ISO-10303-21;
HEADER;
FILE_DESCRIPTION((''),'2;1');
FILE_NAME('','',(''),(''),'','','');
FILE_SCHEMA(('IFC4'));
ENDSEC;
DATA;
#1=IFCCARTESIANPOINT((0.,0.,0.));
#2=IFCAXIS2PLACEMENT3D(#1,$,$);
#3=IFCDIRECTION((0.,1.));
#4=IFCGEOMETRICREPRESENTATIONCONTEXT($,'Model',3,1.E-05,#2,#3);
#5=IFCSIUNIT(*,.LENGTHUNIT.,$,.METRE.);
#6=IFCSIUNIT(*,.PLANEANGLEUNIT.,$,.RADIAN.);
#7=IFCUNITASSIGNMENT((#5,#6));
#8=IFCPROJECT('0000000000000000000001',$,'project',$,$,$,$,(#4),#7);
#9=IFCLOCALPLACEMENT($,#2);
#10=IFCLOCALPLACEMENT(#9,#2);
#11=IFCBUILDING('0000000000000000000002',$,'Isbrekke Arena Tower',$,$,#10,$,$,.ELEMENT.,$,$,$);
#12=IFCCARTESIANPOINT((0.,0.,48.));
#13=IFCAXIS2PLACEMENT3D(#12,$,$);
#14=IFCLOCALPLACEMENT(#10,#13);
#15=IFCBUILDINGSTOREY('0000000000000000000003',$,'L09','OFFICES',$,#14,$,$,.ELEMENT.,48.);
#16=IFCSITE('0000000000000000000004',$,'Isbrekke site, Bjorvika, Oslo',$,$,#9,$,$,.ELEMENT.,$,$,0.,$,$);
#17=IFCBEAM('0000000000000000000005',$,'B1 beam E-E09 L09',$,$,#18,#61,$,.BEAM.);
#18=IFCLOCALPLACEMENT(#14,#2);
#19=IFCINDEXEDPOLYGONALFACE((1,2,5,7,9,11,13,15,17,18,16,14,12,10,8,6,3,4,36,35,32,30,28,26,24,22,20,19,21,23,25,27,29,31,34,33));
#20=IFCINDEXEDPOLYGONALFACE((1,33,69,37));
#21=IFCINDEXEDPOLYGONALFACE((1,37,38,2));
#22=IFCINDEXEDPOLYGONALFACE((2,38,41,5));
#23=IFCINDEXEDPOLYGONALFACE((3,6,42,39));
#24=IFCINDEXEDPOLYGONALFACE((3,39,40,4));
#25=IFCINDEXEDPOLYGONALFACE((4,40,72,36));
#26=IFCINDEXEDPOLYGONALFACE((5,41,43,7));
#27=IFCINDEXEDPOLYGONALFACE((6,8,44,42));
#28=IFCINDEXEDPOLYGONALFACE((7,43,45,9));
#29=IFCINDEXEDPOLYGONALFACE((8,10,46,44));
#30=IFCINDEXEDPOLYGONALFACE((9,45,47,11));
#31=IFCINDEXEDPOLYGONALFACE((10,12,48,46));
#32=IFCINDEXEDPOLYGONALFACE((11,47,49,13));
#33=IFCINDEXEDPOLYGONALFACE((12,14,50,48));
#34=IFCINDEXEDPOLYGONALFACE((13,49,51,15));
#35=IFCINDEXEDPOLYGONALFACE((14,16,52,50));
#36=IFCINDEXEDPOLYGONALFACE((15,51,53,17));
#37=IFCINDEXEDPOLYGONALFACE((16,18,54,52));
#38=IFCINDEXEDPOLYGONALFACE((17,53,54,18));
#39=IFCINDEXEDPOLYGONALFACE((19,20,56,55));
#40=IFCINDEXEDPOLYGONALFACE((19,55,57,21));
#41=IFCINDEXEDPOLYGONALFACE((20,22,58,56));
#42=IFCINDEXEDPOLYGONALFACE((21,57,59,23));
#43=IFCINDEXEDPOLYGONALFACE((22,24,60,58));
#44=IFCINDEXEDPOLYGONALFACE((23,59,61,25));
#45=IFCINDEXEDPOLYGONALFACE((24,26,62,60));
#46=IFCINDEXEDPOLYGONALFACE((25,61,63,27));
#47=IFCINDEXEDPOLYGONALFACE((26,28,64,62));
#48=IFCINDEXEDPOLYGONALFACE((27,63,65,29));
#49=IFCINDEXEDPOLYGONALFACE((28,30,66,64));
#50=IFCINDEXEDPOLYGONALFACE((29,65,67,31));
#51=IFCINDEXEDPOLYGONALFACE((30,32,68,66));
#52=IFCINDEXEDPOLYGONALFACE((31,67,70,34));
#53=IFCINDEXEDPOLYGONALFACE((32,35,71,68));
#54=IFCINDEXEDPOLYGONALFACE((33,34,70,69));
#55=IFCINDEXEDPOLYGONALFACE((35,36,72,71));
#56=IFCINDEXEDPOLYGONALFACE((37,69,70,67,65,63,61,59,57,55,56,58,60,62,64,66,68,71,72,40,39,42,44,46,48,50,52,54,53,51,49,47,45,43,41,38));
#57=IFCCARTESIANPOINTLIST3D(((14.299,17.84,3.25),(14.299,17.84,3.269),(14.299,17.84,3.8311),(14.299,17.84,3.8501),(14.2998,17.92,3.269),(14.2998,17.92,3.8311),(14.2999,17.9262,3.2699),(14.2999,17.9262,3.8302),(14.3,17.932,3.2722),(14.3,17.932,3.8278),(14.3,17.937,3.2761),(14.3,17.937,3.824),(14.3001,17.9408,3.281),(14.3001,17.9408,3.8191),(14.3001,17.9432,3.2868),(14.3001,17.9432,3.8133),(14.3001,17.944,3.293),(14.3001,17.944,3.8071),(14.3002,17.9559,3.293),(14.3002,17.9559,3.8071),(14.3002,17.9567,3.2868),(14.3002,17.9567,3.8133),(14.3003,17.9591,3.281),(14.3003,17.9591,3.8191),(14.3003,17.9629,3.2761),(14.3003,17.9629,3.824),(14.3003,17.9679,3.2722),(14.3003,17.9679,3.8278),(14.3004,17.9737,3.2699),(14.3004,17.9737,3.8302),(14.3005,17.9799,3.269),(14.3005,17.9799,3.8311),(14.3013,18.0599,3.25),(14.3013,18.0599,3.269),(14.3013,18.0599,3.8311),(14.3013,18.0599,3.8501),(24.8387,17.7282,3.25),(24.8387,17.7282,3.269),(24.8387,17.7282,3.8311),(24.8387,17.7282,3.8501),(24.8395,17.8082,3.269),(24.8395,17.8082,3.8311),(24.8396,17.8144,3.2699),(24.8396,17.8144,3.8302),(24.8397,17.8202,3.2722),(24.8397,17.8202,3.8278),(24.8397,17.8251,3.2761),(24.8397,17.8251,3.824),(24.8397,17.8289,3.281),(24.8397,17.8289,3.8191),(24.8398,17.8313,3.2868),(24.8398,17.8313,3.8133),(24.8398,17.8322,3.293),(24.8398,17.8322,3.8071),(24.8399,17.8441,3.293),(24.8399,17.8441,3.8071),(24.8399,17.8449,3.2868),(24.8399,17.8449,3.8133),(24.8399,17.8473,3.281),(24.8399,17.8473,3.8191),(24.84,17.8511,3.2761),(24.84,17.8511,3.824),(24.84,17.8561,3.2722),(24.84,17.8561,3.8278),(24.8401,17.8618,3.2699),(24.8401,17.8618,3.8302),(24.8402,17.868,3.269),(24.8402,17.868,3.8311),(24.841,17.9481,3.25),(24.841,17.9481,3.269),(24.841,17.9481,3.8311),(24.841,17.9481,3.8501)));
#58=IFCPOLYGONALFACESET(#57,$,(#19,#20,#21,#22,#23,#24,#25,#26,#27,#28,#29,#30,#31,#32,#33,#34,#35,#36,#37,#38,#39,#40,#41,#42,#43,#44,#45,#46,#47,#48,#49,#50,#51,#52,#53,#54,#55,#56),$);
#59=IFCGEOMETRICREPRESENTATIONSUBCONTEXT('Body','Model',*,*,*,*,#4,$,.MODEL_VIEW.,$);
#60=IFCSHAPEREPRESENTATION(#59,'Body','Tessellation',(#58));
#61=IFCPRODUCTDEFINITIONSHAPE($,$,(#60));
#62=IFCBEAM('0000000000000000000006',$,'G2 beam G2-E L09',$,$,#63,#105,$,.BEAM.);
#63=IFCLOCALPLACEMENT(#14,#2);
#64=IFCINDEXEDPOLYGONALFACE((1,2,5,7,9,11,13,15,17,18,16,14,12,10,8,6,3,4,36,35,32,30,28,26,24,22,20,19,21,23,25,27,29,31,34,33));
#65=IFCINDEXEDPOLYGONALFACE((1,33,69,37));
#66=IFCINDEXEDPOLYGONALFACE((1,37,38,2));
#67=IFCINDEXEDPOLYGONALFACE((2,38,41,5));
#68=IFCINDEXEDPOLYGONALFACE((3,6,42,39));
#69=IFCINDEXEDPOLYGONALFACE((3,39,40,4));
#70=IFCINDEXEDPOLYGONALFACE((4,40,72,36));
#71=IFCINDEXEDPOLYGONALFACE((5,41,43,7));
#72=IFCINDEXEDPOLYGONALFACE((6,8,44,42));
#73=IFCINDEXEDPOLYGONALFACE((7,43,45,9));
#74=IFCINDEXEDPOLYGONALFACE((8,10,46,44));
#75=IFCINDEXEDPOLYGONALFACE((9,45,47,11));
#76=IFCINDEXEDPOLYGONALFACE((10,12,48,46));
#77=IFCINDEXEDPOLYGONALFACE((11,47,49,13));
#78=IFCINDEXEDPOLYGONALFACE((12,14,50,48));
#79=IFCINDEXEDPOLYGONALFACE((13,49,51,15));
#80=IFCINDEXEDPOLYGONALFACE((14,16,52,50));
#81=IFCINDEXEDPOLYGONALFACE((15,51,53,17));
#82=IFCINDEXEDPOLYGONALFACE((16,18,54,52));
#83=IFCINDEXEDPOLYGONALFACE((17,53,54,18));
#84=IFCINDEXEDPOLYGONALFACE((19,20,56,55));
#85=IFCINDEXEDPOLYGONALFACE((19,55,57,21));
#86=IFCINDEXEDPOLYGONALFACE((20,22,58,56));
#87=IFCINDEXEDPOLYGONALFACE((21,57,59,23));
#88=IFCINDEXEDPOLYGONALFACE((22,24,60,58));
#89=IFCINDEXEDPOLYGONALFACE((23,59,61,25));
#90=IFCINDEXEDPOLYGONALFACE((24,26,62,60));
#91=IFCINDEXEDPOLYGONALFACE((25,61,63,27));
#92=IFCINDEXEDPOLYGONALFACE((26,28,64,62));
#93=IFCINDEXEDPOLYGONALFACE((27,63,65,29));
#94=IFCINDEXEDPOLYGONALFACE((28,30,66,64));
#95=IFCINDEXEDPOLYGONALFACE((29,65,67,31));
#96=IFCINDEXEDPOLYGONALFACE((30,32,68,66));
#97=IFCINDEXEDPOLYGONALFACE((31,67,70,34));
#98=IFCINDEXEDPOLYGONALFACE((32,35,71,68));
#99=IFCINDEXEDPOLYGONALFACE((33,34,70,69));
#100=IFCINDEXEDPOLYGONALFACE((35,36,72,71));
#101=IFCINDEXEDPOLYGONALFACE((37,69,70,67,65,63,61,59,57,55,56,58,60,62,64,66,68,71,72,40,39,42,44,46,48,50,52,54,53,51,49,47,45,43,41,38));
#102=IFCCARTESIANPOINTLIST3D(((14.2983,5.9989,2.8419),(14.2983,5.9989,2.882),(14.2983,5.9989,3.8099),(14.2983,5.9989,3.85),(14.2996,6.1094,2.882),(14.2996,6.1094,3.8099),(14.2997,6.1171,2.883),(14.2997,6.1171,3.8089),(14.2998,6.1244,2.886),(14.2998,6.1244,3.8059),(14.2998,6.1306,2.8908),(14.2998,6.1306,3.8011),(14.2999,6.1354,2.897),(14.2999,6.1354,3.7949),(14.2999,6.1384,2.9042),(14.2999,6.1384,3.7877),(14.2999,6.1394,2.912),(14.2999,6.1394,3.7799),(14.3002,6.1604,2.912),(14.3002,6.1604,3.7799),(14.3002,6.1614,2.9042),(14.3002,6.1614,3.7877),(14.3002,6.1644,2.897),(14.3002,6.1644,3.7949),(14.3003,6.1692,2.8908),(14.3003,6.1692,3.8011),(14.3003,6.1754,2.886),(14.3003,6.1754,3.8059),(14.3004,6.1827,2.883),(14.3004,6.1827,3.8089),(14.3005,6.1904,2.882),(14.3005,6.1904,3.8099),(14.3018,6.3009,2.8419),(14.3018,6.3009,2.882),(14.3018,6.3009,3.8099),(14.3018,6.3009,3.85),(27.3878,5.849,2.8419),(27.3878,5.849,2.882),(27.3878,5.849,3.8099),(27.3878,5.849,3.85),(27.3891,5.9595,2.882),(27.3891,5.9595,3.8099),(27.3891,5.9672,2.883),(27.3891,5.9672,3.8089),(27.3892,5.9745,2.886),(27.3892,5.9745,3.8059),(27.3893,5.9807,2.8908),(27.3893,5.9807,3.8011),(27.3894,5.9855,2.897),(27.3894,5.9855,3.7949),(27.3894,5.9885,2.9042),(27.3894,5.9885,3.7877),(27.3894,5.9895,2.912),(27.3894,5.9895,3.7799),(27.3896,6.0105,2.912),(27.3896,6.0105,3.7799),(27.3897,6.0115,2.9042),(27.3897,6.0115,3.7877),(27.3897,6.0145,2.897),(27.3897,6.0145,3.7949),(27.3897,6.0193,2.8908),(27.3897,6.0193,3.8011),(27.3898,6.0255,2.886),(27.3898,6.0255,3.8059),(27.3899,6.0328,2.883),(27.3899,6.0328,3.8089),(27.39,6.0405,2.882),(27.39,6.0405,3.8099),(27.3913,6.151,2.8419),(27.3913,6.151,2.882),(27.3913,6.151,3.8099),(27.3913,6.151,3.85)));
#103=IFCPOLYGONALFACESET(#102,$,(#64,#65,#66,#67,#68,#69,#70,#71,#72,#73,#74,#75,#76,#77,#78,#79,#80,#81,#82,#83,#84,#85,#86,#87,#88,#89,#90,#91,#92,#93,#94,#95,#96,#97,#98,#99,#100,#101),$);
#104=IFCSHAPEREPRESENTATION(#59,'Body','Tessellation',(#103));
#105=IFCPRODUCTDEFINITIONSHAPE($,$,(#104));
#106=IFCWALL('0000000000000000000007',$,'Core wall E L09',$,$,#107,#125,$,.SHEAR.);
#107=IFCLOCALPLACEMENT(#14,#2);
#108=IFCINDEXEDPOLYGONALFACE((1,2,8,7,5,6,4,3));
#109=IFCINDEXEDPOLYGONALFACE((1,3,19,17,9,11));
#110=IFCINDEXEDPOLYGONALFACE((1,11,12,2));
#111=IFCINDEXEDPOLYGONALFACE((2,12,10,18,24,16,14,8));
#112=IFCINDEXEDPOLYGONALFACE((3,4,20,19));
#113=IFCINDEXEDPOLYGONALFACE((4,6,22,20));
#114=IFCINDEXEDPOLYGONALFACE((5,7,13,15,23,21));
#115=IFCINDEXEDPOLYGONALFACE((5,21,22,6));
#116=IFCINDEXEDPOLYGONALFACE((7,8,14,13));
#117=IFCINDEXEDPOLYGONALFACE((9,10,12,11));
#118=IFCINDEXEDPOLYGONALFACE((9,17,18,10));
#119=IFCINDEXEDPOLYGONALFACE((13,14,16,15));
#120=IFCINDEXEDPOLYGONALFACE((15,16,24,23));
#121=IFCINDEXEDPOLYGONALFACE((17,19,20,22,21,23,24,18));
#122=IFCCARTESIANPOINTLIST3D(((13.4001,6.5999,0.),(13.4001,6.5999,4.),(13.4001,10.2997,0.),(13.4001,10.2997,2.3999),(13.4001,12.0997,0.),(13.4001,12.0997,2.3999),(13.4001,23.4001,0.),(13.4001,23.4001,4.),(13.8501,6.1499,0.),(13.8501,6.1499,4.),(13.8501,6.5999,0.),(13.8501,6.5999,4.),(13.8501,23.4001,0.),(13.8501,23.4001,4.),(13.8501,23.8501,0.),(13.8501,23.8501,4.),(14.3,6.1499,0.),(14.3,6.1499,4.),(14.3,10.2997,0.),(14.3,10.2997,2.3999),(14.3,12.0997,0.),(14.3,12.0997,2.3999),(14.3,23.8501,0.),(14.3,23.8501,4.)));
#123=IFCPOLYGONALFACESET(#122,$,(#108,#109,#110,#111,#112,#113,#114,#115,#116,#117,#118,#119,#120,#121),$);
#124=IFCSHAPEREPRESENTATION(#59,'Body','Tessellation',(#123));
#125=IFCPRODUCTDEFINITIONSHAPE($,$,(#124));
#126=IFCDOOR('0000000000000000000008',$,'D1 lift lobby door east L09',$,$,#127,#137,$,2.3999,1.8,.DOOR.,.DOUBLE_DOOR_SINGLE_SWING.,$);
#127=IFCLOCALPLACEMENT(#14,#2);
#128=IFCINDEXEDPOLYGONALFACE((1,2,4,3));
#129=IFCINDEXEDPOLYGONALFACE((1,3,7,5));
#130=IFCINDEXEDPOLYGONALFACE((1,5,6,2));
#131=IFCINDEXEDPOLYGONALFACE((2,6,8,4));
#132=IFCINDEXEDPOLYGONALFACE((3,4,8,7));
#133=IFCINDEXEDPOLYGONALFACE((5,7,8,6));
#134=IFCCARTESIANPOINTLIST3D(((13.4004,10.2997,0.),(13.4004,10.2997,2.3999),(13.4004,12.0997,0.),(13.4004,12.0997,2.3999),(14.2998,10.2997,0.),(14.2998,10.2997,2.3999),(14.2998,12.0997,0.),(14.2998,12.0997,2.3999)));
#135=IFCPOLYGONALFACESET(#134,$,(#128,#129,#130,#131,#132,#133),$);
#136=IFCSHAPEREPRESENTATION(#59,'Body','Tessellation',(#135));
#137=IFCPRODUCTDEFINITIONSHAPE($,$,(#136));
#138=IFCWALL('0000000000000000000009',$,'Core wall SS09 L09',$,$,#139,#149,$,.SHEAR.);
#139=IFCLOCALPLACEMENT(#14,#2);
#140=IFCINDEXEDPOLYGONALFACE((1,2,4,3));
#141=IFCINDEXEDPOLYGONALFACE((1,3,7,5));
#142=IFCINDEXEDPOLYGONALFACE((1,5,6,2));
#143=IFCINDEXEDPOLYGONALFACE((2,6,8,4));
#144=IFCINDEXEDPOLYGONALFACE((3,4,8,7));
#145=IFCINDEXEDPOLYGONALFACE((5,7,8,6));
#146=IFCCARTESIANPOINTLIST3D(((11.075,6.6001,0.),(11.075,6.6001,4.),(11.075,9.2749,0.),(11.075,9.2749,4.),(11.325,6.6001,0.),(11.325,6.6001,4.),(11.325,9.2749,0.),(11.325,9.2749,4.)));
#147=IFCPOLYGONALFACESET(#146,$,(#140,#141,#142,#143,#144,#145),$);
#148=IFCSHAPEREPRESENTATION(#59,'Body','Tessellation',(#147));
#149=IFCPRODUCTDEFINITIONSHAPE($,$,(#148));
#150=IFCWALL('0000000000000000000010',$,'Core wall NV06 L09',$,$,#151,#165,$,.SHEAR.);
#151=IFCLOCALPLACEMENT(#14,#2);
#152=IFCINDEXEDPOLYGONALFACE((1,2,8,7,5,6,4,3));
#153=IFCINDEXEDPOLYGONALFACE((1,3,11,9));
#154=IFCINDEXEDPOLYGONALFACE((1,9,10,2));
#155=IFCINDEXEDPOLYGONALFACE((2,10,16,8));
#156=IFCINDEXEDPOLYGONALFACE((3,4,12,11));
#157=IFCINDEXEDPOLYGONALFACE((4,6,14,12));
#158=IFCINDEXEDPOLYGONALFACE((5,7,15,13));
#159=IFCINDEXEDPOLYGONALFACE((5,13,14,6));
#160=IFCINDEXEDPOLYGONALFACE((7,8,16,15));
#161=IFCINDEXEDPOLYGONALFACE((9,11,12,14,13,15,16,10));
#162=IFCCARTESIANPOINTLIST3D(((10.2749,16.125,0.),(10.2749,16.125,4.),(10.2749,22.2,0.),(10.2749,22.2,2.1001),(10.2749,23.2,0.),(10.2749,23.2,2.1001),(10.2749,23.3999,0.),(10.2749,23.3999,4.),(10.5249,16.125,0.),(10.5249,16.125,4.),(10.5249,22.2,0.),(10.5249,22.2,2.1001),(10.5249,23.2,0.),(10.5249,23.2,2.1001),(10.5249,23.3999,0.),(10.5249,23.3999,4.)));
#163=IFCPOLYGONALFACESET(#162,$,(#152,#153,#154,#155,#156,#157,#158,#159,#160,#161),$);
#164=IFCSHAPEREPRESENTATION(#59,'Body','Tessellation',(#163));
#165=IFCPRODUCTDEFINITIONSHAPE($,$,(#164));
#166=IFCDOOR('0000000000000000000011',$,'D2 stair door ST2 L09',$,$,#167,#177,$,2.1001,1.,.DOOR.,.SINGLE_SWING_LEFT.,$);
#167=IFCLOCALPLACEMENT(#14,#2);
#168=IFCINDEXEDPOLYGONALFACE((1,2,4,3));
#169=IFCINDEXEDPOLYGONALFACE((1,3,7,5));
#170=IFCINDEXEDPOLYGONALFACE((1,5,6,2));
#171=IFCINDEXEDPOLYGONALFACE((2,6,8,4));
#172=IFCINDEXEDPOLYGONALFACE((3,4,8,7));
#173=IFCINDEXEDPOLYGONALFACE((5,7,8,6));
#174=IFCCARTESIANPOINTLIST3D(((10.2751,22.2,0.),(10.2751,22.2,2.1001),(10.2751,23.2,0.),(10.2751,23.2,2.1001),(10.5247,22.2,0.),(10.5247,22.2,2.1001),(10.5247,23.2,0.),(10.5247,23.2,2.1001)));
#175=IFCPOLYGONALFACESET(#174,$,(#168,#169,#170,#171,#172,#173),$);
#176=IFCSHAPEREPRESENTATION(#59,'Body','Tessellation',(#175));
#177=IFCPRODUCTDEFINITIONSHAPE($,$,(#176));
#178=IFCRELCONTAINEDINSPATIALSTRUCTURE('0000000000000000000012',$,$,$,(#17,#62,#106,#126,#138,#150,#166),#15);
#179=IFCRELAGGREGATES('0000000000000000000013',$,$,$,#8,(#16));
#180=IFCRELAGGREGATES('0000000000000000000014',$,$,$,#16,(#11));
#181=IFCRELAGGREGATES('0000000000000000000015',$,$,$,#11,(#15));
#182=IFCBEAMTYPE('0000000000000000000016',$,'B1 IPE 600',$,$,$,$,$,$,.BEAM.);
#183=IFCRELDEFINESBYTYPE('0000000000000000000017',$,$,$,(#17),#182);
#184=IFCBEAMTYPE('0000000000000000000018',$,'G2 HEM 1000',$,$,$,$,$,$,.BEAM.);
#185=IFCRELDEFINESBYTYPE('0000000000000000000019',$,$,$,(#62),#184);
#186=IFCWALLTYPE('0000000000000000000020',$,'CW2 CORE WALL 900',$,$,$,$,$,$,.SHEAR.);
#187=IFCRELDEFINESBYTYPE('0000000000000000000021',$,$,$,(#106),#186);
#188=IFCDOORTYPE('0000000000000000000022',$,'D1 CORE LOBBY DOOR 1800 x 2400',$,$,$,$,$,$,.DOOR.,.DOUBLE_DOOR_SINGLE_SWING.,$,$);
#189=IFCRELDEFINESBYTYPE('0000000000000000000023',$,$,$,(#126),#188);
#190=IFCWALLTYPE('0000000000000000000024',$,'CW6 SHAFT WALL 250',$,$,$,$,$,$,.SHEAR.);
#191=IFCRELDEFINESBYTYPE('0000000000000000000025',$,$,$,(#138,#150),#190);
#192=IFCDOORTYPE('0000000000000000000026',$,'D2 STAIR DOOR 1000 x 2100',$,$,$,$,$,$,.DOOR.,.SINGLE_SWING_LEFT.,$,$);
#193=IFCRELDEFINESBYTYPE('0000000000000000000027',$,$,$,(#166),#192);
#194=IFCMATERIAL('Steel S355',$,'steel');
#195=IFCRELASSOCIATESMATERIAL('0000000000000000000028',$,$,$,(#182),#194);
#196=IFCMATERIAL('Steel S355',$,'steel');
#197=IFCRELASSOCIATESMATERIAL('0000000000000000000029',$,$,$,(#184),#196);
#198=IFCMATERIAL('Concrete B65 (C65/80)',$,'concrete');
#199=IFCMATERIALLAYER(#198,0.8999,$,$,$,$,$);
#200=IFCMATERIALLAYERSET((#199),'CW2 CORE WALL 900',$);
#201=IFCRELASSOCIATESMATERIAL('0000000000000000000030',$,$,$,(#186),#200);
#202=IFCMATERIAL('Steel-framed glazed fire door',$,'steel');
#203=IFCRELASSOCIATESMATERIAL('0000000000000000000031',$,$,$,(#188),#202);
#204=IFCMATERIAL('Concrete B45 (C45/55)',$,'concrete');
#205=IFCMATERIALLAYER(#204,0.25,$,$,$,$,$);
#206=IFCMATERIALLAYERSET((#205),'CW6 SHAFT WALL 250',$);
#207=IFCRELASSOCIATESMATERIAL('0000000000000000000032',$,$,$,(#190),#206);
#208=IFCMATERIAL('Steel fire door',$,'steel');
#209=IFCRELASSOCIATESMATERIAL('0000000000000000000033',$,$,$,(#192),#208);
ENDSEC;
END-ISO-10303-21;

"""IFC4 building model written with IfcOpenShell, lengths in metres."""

from ifc_helpers import new_model, si_unit, direction, frame, frame_2d, origin, origin_2d, place, context, subcontext, project, spatial, polyline, rectangle, i_section, outline, extrude, material, layer, layer_set, material_profile, profile_set, type_object, element, fill, save


model = new_model("IFC4")

# Units and contexts
model_context = context("Model", 3, precision=1e-05, world=origin(), true_north=direction((0.0, 1.0)))
body_context = subcontext(model_context, "Body", "Model", "MODEL_VIEW")
ifc_project = project(units=[si_unit("LENGTHUNIT", "METRE"), si_unit("PLANEANGLEUNIT", "RADIAN")], contexts=[model_context])

# Site, building, storey
site_placement = place(None, origin())
site = spatial("IfcSite", under=ifc_project, at=site_placement, Name="Isbrekke site, Bjorvika, Oslo", CompositionType="ELEMENT", RefElevation=0.0)
building_placement = place(site_placement, origin())
building = spatial("IfcBuilding", under=site, at=building_placement, Name="Isbrekke Arena Tower", CompositionType="ELEMENT")
storey_placement = place(building_placement, frame((0.0, 0.0, 48.0)))
storey = spatial("IfcBuildingStorey", under=building, at=storey_placement, Name="L09", Description="OFFICES", CompositionType="ELEMENT", Elevation=48.0)

# Beams
ifc_material_1 = material(Name="Steel S355", Category="steel")
ifc_material_profile_1 = material_profile(ifc_material_1, i_section(OverallWidth=0.22, OverallDepth=0.6001, WebThickness=0.012, FlangeThickness=0.019, FilletRadius=0.0239, at=origin_2d()), Name="IPE 600")
ifc_profile_set_1 = profile_set([ifc_material_profile_1], Name="Steel S355")
beam_type_1 = type_object("IfcBeamType", Name="B1 IPE 600", PredefinedType="BEAM", material=ifc_profile_set_1)
beam_1_placement = place(storey_placement, frame((24.8398, 17.8381, 3.55), z_axis=(-0.999944, 0.010608, 0.0), x_axis=(-0.010608, -0.999944, 0.0)))
element("IfcBeam", 1, at=beam_1_placement, inside=storey, type_object=beam_type_1, Name="B1 beam E-E09 L09", PredefinedType="BEAM", context=body_context, shape_type="SweptSolid", body=[
    extrude(i_section(OverallWidth=0.22, OverallDepth=0.6001, WebThickness=0.012, FlangeThickness=0.019, FilletRadius=0.0239, at=origin_2d()), origin(), (0.0, 0.0, 1.0), 10.5403),
])
ifc_material_2 = material(Name="Steel S355", Category="steel")
ifc_material_profile_2 = material_profile(ifc_material_2, i_section(OverallWidth=0.302, OverallDepth=1.0081, WebThickness=0.021, FlangeThickness=0.04, FilletRadius=0.03, at=origin_2d()), Name="HEM 1000")
ifc_profile_set_2 = profile_set([ifc_material_profile_2], Name="Steel S355")
beam_type_2 = type_object("IfcBeamType", Name="G2 HEM 1000", PredefinedType="BEAM", material=ifc_profile_set_2)
beam_2_placement = place(storey_placement, frame((14.3, 6.1499, 3.3459), z_axis=(0.999934, -0.011451, 0.0), x_axis=(0.011451, 0.999934, 0.0)))
element("IfcBeam", 2, at=beam_2_placement, inside=storey, type_object=beam_type_2, Name="G2 beam G2-E L09", PredefinedType="BEAM", context=body_context, shape_type="SweptSolid", body=[
    extrude(i_section(OverallWidth=0.302, OverallDepth=1.0081, WebThickness=0.021, FlangeThickness=0.04, FilletRadius=0.03, at=origin_2d()), origin(), (0.0, 0.0, 1.0), 13.0903),
])

# Wall, opening, door
ifc_material_3 = material(Name="Concrete B65 (C65/80)", Category="concrete")
ifc_layer_1 = layer(ifc_material_3, 0.8999)
ifc_layer_set_1 = layer_set([ifc_layer_1], Name="CW2 CORE WALL 900")
wall_type_1 = type_object("IfcWallType", Name="CW2 CORE WALL 900", PredefinedType="SHEAR", material=ifc_layer_set_1)
wall_1_placement = place(storey_placement, frame((13.8501, 6.1499, 0.0), z_axis=(0.0, 0.0, 1.0), x_axis=(0.0, 1.0, 0.0)))
wall_1 = element("IfcWall", 3, at=wall_1_placement, inside=storey, type_object=wall_type_1, Name="Core wall E L09", PredefinedType="SHEAR", context=body_context, shape_type="SweptSolid", body=[
    extrude(outline(polyline([(0.0, -0.45), (17.7002, -0.45), (17.7002, 0.0), (17.2502, 0.0), (17.2502, 0.45), (0.45, 0.45), (0.45, 0.0), (0.0, 0.0), (0.0, -0.45)])), origin(), (0.0, 0.0, 1.0), 4.0),
])
opening_1_placement = place(wall_1_placement, frame((4.1499, 0.0, 0.0)))
opening_1 = element("IfcOpeningElement", 4, at=opening_1_placement, cuts=wall_1, PredefinedType="OPENING", context=body_context, shape_type="SweptSolid", body=[
    extrude(rectangle(XDim=1.8, YDim=2.3999, at=frame_2d((0.8999, 1.2))), frame((0.0, 0.4648, 0.0), z_axis=(0.0, -1.0, 0.0), x_axis=(1.0, 0.0, 0.0)), (0.0, 0.0, 1.0), 0.9297),
])
ifc_material_4 = material(Name="Steel-framed glazed fire door", Category="steel")
door_type_1 = type_object("IfcDoorType", Name="D1 CORE LOBBY DOOR 1800 x 2400", OperationType="DOUBLE_DOOR_SINGLE_SWING", PredefinedType="DOOR", material=ifc_material_4)
door_1_placement = place(opening_1_placement, origin())
door_1 = element("IfcDoor", 5, at=door_1_placement, inside=storey, type_object=door_type_1, Name="D1 lift lobby door east L09", OperationType="DOUBLE_DOOR_SINGLE_SWING", OverallHeight=2.3999, OverallWidth=1.8, PredefinedType="DOOR", context=body_context, shape_type="SweptSolid", body=[
    extrude(rectangle(XDim=1.8, YDim=2.3999, at=frame_2d((0.8999, 1.2))), frame((0.0, 0.4497, 0.0), z_axis=(0.0, -1.0, 0.0), x_axis=(1.0, 0.0, 0.0)), (0.0, 0.0, 1.0), 0.8994),
])
fill(opening_1, door_1)

# Wall
ifc_material_5 = material(Name="Concrete B45 (C45/55)", Category="concrete")
ifc_layer_2 = layer(ifc_material_5, 0.25)
ifc_layer_set_2 = layer_set([ifc_layer_2], Name="CW6 SHAFT WALL 250")
wall_type_2 = type_object("IfcWallType", Name="CW6 SHAFT WALL 250", PredefinedType="SHEAR", material=ifc_layer_set_2)
wall_2_placement = place(storey_placement, frame((11.2, 6.6001, 0.0), z_axis=(0.0, 0.0, 1.0), x_axis=(0.0, 1.0, 0.0)))
element("IfcWall", 6, at=wall_2_placement, inside=storey, type_object=wall_type_2, Name="Core wall SS09 L09", PredefinedType="SHEAR", context=body_context, shape_type="SweptSolid", body=[
    extrude(rectangle(XDim=2.6748, YDim=0.25, at=frame_2d((1.3374, 0.0))), origin(), (0.0, 0.0, 1.0), 4.0),
])

# Wall, opening, door
wall_3_placement = place(storey_placement, frame((10.3999, 16.125, 0.0), z_axis=(0.0, 0.0, 1.0), x_axis=(0.0, 1.0, 0.0)))
wall_3 = element("IfcWall", 7, at=wall_3_placement, inside=storey, type_object=wall_type_2, Name="Core wall NV06 L09", PredefinedType="SHEAR", context=body_context, shape_type="SweptSolid", body=[
    extrude(rectangle(XDim=7.2749, YDim=0.25, at=frame_2d((3.6375, 0.0))), origin(), (0.0, 0.0, 1.0), 4.0),
])
opening_2_placement = place(wall_3_placement, frame((6.075, 0.0, 0.0)))
opening_2 = element("IfcOpeningElement", 8, at=opening_2_placement, cuts=wall_3, PredefinedType="OPENING", context=body_context, shape_type="SweptSolid", body=[
    extrude(rectangle(XDim=1.0, YDim=2.1001, at=frame_2d((0.5, 1.05))), frame((0.0, 0.1399, 0.0), z_axis=(0.0, -1.0, 0.0), x_axis=(1.0, 0.0, 0.0)), (0.0, 0.0, 1.0), 0.2798),
])
ifc_material_6 = material(Name="Steel fire door", Category="steel")
door_type_2 = type_object("IfcDoorType", Name="D2 STAIR DOOR 1000 x 2100", OperationType="SINGLE_SWING_LEFT", PredefinedType="DOOR", material=ifc_material_6)
door_2_placement = place(opening_2_placement, origin())
door_2 = element("IfcDoor", 9, at=door_2_placement, inside=storey, type_object=door_type_2, Name="D2 stair door ST2 L09", OperationType="SINGLE_SWING_LEFT", OverallHeight=2.1001, OverallWidth=1.0, PredefinedType="DOOR", context=body_context, shape_type="SweptSolid", body=[
    extrude(rectangle(XDim=1.0, YDim=2.1001, at=frame_2d((0.5, 1.05))), frame((0.0, 0.1248, 0.0), z_axis=(0.0, -1.0, 0.0), x_axis=(1.0, 0.0, 0.0)), (0.0, 0.0, 1.0), 0.2495),
])
fill(opening_2, door_2)

save(model, "model.ifc")
